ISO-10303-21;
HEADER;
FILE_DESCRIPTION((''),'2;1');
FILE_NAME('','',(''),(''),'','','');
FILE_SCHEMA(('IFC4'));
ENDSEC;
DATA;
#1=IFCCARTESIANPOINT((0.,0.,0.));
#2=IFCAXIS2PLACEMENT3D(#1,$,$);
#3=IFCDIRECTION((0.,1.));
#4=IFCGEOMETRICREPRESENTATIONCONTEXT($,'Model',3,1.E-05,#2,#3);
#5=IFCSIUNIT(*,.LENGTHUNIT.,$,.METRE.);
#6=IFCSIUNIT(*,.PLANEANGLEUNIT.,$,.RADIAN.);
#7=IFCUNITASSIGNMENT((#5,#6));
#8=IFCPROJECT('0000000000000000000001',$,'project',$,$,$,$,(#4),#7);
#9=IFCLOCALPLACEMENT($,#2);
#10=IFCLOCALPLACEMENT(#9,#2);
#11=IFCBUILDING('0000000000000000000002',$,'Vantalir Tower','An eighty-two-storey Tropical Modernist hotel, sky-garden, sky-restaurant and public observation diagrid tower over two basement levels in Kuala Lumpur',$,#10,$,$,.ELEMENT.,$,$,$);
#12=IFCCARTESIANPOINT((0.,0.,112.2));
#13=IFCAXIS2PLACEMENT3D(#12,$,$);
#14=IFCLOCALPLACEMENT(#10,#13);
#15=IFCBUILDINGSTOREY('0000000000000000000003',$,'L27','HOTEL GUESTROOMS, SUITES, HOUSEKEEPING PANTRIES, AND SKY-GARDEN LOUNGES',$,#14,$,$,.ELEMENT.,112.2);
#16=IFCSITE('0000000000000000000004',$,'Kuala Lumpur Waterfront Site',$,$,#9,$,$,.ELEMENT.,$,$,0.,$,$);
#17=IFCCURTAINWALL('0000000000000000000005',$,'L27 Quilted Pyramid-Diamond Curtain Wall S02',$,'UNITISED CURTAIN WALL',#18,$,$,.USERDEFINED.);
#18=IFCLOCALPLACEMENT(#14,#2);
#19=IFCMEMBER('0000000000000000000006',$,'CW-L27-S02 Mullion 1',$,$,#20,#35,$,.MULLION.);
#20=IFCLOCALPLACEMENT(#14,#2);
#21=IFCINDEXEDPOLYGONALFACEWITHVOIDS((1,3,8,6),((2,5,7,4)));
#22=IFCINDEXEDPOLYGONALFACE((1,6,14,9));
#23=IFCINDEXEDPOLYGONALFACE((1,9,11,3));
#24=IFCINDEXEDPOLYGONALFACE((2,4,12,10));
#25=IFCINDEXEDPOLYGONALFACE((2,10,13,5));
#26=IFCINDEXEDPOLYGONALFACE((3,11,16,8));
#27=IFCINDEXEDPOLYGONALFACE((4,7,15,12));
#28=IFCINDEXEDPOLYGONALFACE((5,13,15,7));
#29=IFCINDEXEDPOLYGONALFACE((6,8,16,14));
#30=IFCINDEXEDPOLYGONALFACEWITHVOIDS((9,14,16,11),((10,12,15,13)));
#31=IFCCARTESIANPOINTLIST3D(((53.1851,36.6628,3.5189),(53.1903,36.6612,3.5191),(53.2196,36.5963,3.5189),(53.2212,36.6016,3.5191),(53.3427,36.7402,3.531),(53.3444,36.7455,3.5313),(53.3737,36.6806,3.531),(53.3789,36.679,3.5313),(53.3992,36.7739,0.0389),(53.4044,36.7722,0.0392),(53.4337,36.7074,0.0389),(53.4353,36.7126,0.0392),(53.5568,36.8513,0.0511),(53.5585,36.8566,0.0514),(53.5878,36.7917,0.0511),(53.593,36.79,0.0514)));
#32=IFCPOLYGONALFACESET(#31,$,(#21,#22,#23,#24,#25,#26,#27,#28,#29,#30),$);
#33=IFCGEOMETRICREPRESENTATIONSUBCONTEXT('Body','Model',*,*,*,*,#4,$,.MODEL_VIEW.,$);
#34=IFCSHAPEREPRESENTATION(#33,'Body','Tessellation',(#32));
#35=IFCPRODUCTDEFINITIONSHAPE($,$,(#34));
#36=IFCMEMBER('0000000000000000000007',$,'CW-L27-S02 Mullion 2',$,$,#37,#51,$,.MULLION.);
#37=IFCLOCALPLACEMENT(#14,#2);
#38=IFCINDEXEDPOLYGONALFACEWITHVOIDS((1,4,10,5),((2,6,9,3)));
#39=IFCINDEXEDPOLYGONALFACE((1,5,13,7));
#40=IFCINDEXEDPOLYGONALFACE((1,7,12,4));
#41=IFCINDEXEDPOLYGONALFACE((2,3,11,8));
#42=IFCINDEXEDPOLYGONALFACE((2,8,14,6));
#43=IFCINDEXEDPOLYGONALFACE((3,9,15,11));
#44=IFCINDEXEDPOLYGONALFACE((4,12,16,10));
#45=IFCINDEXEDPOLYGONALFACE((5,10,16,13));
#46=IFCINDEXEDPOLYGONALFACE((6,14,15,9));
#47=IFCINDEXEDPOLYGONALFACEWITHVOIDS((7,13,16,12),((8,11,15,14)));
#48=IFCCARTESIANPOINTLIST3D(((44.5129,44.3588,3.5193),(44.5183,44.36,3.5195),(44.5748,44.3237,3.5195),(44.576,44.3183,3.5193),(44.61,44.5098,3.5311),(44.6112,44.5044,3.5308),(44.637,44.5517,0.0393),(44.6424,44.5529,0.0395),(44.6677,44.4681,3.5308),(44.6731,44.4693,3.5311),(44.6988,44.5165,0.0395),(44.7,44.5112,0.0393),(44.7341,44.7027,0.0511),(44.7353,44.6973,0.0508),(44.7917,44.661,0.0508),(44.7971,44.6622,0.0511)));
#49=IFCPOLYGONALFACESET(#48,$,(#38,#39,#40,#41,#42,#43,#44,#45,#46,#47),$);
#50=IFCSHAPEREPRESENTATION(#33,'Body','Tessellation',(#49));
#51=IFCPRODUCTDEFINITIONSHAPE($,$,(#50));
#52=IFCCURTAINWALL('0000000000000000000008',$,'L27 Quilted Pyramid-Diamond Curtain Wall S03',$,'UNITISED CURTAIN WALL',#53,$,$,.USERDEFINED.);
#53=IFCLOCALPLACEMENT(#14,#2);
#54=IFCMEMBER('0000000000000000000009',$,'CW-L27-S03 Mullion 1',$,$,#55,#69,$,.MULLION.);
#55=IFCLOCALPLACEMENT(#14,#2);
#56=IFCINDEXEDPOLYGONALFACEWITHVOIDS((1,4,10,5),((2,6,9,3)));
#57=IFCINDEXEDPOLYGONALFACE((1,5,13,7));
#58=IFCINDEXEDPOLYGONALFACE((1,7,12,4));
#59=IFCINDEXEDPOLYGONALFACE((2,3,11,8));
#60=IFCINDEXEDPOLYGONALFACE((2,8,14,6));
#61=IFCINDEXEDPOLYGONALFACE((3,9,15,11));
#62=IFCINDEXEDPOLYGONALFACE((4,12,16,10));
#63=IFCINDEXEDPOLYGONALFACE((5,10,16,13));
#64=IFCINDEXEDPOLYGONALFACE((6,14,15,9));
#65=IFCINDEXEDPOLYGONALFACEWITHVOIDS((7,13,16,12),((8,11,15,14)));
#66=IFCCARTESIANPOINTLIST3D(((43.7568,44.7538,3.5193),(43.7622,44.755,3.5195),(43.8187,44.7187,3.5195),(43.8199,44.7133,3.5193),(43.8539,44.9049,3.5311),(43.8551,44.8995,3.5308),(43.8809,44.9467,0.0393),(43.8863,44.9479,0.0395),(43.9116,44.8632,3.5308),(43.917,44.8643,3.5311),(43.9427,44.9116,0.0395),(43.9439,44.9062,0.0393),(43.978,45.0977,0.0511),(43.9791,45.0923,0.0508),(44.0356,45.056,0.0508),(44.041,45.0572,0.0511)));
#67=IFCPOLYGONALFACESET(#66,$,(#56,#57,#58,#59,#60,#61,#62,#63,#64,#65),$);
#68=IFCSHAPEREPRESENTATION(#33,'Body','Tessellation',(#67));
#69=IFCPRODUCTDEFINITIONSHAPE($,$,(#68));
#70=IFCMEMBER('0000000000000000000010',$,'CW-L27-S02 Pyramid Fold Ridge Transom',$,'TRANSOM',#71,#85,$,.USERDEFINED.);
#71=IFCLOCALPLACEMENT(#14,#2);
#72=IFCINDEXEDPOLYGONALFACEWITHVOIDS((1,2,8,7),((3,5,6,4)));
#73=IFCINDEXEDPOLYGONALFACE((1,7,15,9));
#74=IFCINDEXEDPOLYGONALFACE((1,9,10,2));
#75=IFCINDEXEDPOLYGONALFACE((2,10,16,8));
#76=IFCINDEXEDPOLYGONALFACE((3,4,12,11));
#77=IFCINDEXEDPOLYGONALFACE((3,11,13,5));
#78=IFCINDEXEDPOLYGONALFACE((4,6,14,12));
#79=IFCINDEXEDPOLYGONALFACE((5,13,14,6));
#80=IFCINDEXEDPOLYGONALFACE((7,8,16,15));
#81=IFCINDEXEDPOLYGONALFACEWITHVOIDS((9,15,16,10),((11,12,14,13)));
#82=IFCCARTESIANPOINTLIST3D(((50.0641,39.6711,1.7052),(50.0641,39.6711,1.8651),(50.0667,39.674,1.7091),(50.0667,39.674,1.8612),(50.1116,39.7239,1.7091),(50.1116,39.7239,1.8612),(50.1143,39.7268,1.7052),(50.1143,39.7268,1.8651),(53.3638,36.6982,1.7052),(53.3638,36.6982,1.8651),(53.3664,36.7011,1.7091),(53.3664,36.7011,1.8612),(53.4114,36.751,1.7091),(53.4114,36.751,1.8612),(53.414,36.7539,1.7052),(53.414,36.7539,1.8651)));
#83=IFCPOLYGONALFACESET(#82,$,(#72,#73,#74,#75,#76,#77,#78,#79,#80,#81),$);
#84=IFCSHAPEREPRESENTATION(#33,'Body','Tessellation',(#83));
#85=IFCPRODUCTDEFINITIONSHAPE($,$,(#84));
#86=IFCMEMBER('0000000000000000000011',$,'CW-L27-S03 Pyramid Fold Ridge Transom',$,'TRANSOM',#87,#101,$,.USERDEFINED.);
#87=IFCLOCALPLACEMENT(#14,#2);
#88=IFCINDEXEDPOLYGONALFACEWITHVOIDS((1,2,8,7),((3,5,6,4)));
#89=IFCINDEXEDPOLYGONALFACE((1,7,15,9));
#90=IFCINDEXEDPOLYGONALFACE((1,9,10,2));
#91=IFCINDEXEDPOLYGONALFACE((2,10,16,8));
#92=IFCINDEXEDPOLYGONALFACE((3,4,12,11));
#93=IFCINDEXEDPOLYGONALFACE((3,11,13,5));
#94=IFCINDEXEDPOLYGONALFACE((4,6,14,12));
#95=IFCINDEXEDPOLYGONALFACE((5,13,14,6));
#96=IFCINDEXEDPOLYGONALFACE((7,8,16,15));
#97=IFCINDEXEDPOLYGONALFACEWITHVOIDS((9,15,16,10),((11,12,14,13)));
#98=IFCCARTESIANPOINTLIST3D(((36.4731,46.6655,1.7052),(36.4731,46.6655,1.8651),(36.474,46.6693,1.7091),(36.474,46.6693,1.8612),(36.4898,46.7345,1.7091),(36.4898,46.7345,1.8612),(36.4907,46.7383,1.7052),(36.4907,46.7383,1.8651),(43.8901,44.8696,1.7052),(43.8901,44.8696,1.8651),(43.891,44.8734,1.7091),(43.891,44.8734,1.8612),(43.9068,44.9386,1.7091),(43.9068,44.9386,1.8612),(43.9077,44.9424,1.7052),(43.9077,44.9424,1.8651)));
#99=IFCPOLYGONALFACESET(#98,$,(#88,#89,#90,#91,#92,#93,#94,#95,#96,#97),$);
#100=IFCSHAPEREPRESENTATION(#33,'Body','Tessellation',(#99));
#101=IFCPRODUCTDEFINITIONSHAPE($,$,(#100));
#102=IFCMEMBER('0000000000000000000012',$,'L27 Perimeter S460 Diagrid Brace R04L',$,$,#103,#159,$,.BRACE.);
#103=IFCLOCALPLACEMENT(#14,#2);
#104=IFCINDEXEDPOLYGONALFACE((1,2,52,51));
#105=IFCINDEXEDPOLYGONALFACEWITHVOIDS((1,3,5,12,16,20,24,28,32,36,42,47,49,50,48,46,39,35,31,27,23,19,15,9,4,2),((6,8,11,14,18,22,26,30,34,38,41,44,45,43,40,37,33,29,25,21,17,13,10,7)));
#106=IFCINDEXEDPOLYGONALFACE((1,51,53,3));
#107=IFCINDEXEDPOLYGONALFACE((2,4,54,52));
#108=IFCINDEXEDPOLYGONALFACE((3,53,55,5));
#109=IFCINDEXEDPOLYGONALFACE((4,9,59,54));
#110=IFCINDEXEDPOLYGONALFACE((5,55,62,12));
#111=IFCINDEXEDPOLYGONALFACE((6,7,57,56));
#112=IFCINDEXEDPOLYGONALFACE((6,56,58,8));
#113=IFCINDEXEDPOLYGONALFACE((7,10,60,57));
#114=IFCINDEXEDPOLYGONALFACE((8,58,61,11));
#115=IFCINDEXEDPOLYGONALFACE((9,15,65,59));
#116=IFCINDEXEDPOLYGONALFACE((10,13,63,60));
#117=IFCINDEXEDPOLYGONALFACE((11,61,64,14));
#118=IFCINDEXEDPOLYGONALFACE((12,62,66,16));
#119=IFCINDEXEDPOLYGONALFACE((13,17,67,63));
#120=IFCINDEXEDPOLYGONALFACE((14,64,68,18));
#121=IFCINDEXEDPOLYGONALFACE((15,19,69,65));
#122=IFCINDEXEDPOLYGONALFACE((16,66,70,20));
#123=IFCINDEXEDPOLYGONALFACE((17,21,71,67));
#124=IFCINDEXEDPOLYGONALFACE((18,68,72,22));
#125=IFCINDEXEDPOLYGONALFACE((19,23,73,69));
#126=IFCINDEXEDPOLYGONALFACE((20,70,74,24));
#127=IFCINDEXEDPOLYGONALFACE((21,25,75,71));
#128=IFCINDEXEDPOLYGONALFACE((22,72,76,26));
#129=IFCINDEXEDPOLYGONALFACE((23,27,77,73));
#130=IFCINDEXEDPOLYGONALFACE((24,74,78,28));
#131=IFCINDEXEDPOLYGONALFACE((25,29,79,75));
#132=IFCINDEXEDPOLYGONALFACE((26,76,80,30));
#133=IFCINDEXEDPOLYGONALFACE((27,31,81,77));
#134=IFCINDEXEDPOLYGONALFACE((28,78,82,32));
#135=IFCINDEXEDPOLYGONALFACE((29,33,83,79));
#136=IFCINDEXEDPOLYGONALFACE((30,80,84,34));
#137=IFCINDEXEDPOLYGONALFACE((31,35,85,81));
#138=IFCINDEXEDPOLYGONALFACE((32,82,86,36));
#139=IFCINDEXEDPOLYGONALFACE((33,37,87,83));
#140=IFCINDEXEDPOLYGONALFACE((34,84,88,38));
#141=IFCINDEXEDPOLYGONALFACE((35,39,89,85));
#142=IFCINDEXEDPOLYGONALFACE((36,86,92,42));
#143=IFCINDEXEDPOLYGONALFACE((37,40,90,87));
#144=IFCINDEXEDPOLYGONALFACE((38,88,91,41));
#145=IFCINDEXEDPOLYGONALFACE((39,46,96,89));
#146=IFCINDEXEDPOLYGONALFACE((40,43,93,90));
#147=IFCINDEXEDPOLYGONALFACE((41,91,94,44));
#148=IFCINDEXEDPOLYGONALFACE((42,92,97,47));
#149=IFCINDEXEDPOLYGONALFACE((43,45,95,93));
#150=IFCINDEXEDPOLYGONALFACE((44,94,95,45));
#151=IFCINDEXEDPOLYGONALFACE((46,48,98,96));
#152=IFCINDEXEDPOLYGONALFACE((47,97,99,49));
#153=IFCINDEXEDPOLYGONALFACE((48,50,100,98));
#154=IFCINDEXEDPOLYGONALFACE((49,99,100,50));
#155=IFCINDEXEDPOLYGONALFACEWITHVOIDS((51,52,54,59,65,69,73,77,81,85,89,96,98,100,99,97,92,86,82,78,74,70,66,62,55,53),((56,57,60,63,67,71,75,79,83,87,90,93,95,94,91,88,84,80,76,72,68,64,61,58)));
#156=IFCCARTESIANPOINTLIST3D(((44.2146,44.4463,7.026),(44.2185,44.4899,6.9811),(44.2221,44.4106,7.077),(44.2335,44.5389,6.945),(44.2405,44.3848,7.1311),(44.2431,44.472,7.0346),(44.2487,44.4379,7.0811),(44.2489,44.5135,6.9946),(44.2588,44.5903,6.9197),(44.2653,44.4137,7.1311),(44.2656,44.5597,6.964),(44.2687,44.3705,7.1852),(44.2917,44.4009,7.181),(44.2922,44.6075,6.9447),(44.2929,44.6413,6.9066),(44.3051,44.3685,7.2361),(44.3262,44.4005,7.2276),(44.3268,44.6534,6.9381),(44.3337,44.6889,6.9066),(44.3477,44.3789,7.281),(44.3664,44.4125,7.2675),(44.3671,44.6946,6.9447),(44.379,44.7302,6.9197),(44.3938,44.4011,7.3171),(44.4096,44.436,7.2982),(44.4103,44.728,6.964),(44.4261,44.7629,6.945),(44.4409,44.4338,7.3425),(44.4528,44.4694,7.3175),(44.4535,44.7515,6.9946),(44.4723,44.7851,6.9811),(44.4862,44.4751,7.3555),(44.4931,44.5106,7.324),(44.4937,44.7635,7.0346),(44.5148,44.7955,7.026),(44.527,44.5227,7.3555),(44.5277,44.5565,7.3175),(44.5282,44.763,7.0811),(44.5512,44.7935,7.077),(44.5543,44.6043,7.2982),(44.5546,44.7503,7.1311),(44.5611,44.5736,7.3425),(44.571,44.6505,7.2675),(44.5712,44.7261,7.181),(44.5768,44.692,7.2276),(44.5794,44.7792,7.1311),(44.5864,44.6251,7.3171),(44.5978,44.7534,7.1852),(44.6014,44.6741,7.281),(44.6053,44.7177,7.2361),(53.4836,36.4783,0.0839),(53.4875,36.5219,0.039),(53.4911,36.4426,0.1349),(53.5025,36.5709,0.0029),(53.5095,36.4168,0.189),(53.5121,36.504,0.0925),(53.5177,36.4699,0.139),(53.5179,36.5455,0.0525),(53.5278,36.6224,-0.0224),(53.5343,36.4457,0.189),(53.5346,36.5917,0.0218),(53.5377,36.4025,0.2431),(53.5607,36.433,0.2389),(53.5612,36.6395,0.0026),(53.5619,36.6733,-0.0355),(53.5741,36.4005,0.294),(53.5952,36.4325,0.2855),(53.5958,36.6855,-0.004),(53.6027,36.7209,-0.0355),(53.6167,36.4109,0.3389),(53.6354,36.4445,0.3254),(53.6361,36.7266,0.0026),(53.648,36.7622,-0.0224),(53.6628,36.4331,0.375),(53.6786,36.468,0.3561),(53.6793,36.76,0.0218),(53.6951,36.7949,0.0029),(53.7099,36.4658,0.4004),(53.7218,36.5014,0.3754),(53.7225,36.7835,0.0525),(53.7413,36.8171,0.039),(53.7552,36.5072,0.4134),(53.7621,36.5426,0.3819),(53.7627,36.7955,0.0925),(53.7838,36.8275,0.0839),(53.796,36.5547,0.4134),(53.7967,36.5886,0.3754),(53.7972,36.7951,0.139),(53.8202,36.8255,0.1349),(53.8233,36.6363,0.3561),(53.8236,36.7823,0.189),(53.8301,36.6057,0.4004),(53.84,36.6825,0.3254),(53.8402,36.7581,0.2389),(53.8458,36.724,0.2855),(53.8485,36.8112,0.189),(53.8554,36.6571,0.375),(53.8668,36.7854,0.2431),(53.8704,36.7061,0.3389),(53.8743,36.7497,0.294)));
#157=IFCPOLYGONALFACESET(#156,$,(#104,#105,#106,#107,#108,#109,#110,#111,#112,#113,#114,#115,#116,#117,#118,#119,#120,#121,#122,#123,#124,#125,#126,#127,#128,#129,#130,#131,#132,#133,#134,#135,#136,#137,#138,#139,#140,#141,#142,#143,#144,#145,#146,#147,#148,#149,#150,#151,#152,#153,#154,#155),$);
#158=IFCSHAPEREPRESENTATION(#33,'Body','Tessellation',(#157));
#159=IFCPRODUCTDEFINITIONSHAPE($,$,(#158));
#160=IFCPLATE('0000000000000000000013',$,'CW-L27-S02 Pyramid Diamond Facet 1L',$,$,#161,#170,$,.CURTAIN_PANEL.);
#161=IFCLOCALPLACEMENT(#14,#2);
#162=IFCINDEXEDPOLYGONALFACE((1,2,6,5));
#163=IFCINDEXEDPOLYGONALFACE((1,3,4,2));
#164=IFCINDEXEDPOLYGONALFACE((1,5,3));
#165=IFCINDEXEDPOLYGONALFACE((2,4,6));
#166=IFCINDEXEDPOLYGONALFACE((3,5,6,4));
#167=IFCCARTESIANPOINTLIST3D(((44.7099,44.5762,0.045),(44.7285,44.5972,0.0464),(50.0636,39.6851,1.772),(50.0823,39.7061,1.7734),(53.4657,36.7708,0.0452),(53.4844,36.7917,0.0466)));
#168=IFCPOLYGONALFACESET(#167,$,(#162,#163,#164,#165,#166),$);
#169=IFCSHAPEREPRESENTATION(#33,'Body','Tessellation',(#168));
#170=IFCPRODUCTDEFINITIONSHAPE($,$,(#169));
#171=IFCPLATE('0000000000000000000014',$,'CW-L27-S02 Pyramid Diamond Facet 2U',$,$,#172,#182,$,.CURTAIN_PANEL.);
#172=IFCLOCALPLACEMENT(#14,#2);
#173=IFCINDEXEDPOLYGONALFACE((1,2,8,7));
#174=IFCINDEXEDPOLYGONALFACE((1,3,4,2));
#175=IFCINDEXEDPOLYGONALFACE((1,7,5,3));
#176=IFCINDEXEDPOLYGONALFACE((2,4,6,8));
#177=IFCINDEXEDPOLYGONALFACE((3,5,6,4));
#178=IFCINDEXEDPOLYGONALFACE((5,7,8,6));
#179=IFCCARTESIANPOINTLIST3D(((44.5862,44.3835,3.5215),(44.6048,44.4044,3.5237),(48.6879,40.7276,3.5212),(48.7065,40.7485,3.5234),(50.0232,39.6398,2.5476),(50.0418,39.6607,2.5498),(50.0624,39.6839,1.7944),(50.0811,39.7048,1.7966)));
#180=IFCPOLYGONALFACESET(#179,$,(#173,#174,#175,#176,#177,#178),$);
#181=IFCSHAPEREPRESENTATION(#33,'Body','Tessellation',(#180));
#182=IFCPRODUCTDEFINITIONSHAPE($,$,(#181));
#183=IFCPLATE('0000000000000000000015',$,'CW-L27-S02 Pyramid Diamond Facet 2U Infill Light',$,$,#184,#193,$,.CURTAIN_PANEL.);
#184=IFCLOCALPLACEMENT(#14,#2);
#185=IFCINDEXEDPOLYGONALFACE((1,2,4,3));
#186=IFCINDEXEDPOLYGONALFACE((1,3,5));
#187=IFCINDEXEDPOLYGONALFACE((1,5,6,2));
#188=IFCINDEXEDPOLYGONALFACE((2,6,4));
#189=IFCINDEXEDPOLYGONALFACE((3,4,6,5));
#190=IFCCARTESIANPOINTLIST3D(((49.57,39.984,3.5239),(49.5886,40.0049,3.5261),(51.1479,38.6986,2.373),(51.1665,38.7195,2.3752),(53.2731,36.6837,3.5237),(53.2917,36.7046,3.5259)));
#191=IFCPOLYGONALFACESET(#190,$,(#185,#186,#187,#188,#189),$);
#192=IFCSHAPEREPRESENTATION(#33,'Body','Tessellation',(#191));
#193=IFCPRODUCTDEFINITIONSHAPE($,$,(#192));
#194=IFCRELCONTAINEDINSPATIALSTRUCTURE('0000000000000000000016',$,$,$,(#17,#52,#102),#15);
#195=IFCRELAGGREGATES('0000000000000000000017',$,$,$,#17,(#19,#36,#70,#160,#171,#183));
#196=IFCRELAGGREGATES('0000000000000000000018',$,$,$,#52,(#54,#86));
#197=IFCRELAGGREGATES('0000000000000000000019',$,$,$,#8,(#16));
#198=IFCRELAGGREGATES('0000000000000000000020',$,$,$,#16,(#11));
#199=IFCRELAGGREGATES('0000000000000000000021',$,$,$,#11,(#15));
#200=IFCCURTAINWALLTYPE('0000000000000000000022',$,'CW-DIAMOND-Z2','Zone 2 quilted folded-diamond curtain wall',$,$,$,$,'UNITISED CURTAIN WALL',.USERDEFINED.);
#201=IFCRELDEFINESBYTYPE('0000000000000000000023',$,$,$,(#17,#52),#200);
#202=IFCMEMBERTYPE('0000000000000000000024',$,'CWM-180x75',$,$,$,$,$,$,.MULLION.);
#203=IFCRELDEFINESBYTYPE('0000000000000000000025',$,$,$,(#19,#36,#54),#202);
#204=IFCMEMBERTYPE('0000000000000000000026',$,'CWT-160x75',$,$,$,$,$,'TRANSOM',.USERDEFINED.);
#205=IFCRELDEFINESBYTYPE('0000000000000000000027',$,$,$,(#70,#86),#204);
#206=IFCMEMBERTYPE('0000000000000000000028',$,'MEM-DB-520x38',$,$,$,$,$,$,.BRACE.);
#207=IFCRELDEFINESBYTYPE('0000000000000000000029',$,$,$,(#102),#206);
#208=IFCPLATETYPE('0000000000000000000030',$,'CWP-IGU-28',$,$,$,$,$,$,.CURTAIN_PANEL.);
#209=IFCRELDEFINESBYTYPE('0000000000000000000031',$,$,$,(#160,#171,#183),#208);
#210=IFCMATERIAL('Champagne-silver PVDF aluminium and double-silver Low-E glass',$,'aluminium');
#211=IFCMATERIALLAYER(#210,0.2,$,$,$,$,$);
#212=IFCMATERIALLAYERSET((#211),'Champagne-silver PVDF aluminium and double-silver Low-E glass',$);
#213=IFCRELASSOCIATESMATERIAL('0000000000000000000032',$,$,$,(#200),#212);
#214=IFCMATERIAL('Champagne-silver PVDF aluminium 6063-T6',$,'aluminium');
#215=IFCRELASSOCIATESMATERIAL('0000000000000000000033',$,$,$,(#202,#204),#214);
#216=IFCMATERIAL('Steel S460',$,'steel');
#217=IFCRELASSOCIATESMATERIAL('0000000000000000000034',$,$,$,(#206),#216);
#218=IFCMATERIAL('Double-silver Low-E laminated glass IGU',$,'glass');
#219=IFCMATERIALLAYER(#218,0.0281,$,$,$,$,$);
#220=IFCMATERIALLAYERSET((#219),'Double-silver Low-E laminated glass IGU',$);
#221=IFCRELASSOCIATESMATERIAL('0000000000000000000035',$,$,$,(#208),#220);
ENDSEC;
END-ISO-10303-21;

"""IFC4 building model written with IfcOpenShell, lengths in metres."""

from ifc_helpers import new_model, si_unit, direction, frame, origin, origin_2d, place, context, subcontext, project, spatial, polyline, hollow_rectangle, hollow_circle, outline, extrude, material, layer, layer_set, material_profile, profile_set, type_object, element, aggregate, save


model = new_model("IFC4")

# Units and contexts
model_context = context("Model", 3, precision=1e-05, world=origin(), true_north=direction((0.0, 1.0)))
body_context = subcontext(model_context, "Body", "Model", "MODEL_VIEW")
ifc_project = project(units=[si_unit("LENGTHUNIT", "METRE"), si_unit("PLANEANGLEUNIT", "RADIAN")], contexts=[model_context])

# Site, building, storey
site_placement = place(None, origin())
site = spatial("IfcSite", under=ifc_project, at=site_placement, Name="Kuala Lumpur Waterfront Site", CompositionType="ELEMENT", RefElevation=0.0)
building_placement = place(site_placement, origin())
building = spatial("IfcBuilding", under=site, at=building_placement, Name="Vantalir Tower", Description="An eighty-two-storey Tropical Modernist hotel, sky-garden, sky-restaurant and public observation diagrid tower over two basement levels in Kuala Lumpur", CompositionType="ELEMENT")
storey_placement = place(building_placement, frame((0.0, 0.0, 112.2)))
storey = spatial("IfcBuildingStorey", under=building, at=storey_placement, Name="L27", Description="HOTEL GUESTROOMS, SUITES, HOUSEKEEPING PANTRIES, AND SKY-GARDEN LOUNGES", CompositionType="ELEMENT", Elevation=112.2)

# Shared definitions
ifc_material_1 = material(Name="Steel S460", Category="steel")

# Curtain wall, members
ifc_material_2 = material(Name="Champagne-silver PVDF aluminium and double-silver Low-E glass", Category="aluminium")
ifc_layer_1 = layer(ifc_material_2, 0.2)
ifc_layer_set_1 = layer_set([ifc_layer_1], Name="Champagne-silver PVDF aluminium and double-silver Low-E glass")
curtain_wall_type = type_object("IfcCurtainWallType", Name="CW-DIAMOND-Z2", Description="Zone 2 quilted folded-diamond curtain wall", ElementType="UNITISED CURTAIN WALL", PredefinedType="USERDEFINED", material=ifc_layer_set_1)
curtain_wall_1_placement = place(storey_placement, origin())
curtain_wall_1 = element("IfcCurtainWall", 1, at=curtain_wall_1_placement, inside=storey, type_object=curtain_wall_type, Name="L27 Quilted Pyramid-Diamond Curtain Wall S02", ObjectType="UNITISED CURTAIN WALL", PredefinedType="USERDEFINED")
ifc_material_3 = material(Name="Champagne-silver PVDF aluminium 6063-T6", Category="aluminium")
ifc_material_profile_1 = material_profile(ifc_material_3, hollow_rectangle(XDim=0.075, YDim=0.1799, WallThickness=0.0039, at=origin_2d()), Name="Champagne-silver PVDF aluminium 6063-T6")
ifc_profile_set_1 = profile_set([ifc_material_profile_1], Name="Champagne-silver PVDF aluminium 6063-T6")
member_type_1 = type_object("IfcMemberType", Name="CWM-180x75", PredefinedType="MULLION", material=ifc_profile_set_1)
member_1_placement = place(storey_placement, frame((53.4961, 36.782, 0.0452), z_axis=(-0.061379, -0.031844, 0.997606), x_axis=(0.460524, -0.887647, 0.0)))
member_1 = element("IfcMember", 2, at=member_1_placement, type_object=member_type_1, Name="CW-L27-S02 Mullion 1", PredefinedType="MULLION", context=body_context, shape_type="SweptSolid", body=[
    extrude(hollow_rectangle(XDim=0.075, YDim=0.1799, WallThickness=0.0039, at=origin_2d()), origin(), (0.0, 0.0, 1.0), 3.4883),
])
member_2_placement = place(storey_placement, frame((44.717, 44.6069, 0.0452), z_axis=(-0.035562, -0.055303, 0.997836), x_axis=(0.841109, -0.540865, 0.0)))
member_2 = element("IfcMember", 3, at=member_2_placement, type_object=member_type_1, Name="CW-L27-S02 Mullion 2", PredefinedType="MULLION", context=body_context, shape_type="SweptSolid", body=[
    extrude(hollow_rectangle(XDim=0.075, YDim=0.1799, WallThickness=0.0039, at=origin_2d()), origin(), (0.0, 0.0, 1.0), 3.4875),
])

# Curtain wall, member
curtain_wall_2_placement = place(storey_placement, origin())
curtain_wall_2 = element("IfcCurtainWall", 4, at=curtain_wall_2_placement, inside=storey, type_object=curtain_wall_type, Name="L27 Quilted Pyramid-Diamond Curtain Wall S03", ObjectType="UNITISED CURTAIN WALL", PredefinedType="USERDEFINED")
member_3_placement = place(storey_placement, frame((43.9609, 45.002, 0.0452), z_axis=(-0.035562, -0.055303, 0.997836), x_axis=(0.841109, -0.540865, 0.0)))
member_3 = element("IfcMember", 5, at=member_3_placement, type_object=member_type_1, Name="CW-L27-S03 Mullion 1", PredefinedType="MULLION", context=body_context, shape_type="SweptSolid", body=[
    extrude(hollow_rectangle(XDim=0.075, YDim=0.1799, WallThickness=0.0039, at=origin_2d()), origin(), (0.0, 0.0, 1.0), 3.4875),
])

# Members
ifc_material_profile_2 = material_profile(ifc_material_3, hollow_rectangle(XDim=0.075, YDim=0.1599, WallThickness=0.0039, at=origin_2d()), Name="Champagne-silver PVDF aluminium 6063-T6")
ifc_profile_set_2 = profile_set([ifc_material_profile_2], Name="Champagne-silver PVDF aluminium 6063-T6")
member_type_2 = type_object("IfcMemberType", Name="CWT-160x75", ElementType="TRANSOM", PredefinedType="USERDEFINED", material=ifc_profile_set_2)
member_4_placement = place(storey_placement, frame((53.3889, 36.7261, 1.7852), z_axis=(-0.74295, 0.669347, 0.0), x_axis=(-0.669347, -0.74295, 0.0)))
member_4 = element("IfcMember", 6, at=member_4_placement, type_object=member_type_2, Name="CW-L27-S02 Pyramid Fold Ridge Transom", ObjectType="TRANSOM", PredefinedType="USERDEFINED", context=body_context, shape_type="SweptSolid", body=[
    extrude(hollow_rectangle(XDim=0.075, YDim=0.1599, WallThickness=0.0039, at=origin_2d()), origin(), (0.0, 0.0, 1.0), 4.4414),
])
member_5_placement = place(storey_placement, frame((43.8989, 44.906, 1.7852), z_axis=(-0.971915, 0.235333, 0.0), x_axis=(-0.235333, -0.971915, 0.0)))
member_5 = element("IfcMember", 7, at=member_5_placement, type_object=member_type_2, Name="CW-L27-S03 Pyramid Fold Ridge Transom", ObjectType="TRANSOM", PredefinedType="USERDEFINED", context=body_context, shape_type="SweptSolid", body=[
    extrude(hollow_rectangle(XDim=0.075, YDim=0.1599, WallThickness=0.0039, at=origin_2d()), origin(), (0.0, 0.0, 1.0), 7.6313),
])
ifc_material_profile_3 = material_profile(ifc_material_1, hollow_circle(Radius=0.26, WallThickness=0.0381, at=origin_2d()), Name="Steel S460")
ifc_profile_set_3 = profile_set([ifc_material_profile_3], Name="Steel S460")
member_type_3 = type_object("IfcMemberType", Name="MEM-DB-520x38", PredefinedType="BRACE", material=ifc_profile_set_3)
member_6_placement = place(storey_placement, frame((53.679, 36.614, 0.189), z_axis=(-0.659392, 0.566838, 0.493858), x_axis=(-0.651881, -0.758321, 0.0)))
element("IfcMember", 8, at=member_6_placement, inside=storey, type_object=member_type_3, Name="L27 Perimeter S460 Diagrid Brace R04L", PredefinedType="BRACE", context=body_context, shape_type="SweptSolid", body=[
    extrude(hollow_circle(Radius=0.26, WallThickness=0.0381, at=origin_2d()), origin(), (0.0, 0.0, 1.0), 14.0569),
])

# Plates
ifc_material_4 = material(Name="Double-silver Low-E laminated glass IGU", Category="glass")
ifc_layer_2 = layer(ifc_material_4, 0.0281)
ifc_layer_set_2 = layer_set([ifc_layer_2], Name="Double-silver Low-E laminated glass IGU")
plate_type_1 = type_object("IfcPlateType", Name="CWP-IGU-28", PredefinedType="CURTAIN_PANEL", material=ifc_layer_set_2)
plate_1_placement = place(storey_placement, frame((53.4844, 36.7917, 0.0466), z_axis=(0.66456, 0.745482, 0.051154), x_axis=(-0.746459, 0.665432, -0.000021)))
plate_1 = element("IfcPlate", 9, at=plate_1_placement, type_object=plate_type_1, Name="CW-L27-S02 Pyramid Diamond Facet 1L", PredefinedType="CURTAIN_PANEL", context=body_context, shape_type="SweptSolid", body=[
    extrude(outline(polyline([(0.0, 0.0), (11.7299, 0.0), (4.4788, 1.7292), (0.0, 0.0)])), origin(), (0.0, 0.0, -1.0), 0.0281),
])
plate_2_placement = place(storey_placement, frame((48.7065, 40.7485, 3.5234), z_axis=(0.663328, 0.744234, 0.078175), x_axis=(-0.746521, 0.665362, 0.000046)))
plate_2 = element("IfcPlate", 10, at=plate_2_placement, type_object=plate_type_1, Name="CW-L27-S02 Pyramid Diamond Facet 2U", PredefinedType="CURTAIN_PANEL", context=body_context, shape_type="SweptSolid", body=[
    extrude(outline(polyline([(0.0, 0.0), (5.4945, 0.0), (-1.7206, -1.732), (-1.7206, -0.9765), (0.0, 0.0)])), origin(), (0.0, 0.0, -1.0), 0.0281),
])
plate_3_placement = place(storey_placement, frame((53.2917, 36.7046, 3.5259), z_axis=(0.663303, 0.744259, 0.07815), x_axis=(-0.746545, 0.665335, 0.000049)))
plate_3 = element("IfcPlate", 11, at=plate_3_placement, type_object=plate_type_1, Name="CW-L27-S02 Pyramid Diamond Facet 2U Infill Light", PredefinedType="CURTAIN_PANEL", context=body_context, shape_type="SweptSolid", body=[
    extrude(outline(polyline([(0.0, 0.0), (4.9603, 0.0), (2.9271, -1.1543), (0.0, 0.0)])), origin(), (0.0, 0.0, -1.0), 0.0281),
])
aggregate(curtain_wall_1, [member_1, member_2, member_4, plate_1, plate_2, plate_3])
aggregate(curtain_wall_2, [member_3, member_5])

save(model, "model.ifc")
